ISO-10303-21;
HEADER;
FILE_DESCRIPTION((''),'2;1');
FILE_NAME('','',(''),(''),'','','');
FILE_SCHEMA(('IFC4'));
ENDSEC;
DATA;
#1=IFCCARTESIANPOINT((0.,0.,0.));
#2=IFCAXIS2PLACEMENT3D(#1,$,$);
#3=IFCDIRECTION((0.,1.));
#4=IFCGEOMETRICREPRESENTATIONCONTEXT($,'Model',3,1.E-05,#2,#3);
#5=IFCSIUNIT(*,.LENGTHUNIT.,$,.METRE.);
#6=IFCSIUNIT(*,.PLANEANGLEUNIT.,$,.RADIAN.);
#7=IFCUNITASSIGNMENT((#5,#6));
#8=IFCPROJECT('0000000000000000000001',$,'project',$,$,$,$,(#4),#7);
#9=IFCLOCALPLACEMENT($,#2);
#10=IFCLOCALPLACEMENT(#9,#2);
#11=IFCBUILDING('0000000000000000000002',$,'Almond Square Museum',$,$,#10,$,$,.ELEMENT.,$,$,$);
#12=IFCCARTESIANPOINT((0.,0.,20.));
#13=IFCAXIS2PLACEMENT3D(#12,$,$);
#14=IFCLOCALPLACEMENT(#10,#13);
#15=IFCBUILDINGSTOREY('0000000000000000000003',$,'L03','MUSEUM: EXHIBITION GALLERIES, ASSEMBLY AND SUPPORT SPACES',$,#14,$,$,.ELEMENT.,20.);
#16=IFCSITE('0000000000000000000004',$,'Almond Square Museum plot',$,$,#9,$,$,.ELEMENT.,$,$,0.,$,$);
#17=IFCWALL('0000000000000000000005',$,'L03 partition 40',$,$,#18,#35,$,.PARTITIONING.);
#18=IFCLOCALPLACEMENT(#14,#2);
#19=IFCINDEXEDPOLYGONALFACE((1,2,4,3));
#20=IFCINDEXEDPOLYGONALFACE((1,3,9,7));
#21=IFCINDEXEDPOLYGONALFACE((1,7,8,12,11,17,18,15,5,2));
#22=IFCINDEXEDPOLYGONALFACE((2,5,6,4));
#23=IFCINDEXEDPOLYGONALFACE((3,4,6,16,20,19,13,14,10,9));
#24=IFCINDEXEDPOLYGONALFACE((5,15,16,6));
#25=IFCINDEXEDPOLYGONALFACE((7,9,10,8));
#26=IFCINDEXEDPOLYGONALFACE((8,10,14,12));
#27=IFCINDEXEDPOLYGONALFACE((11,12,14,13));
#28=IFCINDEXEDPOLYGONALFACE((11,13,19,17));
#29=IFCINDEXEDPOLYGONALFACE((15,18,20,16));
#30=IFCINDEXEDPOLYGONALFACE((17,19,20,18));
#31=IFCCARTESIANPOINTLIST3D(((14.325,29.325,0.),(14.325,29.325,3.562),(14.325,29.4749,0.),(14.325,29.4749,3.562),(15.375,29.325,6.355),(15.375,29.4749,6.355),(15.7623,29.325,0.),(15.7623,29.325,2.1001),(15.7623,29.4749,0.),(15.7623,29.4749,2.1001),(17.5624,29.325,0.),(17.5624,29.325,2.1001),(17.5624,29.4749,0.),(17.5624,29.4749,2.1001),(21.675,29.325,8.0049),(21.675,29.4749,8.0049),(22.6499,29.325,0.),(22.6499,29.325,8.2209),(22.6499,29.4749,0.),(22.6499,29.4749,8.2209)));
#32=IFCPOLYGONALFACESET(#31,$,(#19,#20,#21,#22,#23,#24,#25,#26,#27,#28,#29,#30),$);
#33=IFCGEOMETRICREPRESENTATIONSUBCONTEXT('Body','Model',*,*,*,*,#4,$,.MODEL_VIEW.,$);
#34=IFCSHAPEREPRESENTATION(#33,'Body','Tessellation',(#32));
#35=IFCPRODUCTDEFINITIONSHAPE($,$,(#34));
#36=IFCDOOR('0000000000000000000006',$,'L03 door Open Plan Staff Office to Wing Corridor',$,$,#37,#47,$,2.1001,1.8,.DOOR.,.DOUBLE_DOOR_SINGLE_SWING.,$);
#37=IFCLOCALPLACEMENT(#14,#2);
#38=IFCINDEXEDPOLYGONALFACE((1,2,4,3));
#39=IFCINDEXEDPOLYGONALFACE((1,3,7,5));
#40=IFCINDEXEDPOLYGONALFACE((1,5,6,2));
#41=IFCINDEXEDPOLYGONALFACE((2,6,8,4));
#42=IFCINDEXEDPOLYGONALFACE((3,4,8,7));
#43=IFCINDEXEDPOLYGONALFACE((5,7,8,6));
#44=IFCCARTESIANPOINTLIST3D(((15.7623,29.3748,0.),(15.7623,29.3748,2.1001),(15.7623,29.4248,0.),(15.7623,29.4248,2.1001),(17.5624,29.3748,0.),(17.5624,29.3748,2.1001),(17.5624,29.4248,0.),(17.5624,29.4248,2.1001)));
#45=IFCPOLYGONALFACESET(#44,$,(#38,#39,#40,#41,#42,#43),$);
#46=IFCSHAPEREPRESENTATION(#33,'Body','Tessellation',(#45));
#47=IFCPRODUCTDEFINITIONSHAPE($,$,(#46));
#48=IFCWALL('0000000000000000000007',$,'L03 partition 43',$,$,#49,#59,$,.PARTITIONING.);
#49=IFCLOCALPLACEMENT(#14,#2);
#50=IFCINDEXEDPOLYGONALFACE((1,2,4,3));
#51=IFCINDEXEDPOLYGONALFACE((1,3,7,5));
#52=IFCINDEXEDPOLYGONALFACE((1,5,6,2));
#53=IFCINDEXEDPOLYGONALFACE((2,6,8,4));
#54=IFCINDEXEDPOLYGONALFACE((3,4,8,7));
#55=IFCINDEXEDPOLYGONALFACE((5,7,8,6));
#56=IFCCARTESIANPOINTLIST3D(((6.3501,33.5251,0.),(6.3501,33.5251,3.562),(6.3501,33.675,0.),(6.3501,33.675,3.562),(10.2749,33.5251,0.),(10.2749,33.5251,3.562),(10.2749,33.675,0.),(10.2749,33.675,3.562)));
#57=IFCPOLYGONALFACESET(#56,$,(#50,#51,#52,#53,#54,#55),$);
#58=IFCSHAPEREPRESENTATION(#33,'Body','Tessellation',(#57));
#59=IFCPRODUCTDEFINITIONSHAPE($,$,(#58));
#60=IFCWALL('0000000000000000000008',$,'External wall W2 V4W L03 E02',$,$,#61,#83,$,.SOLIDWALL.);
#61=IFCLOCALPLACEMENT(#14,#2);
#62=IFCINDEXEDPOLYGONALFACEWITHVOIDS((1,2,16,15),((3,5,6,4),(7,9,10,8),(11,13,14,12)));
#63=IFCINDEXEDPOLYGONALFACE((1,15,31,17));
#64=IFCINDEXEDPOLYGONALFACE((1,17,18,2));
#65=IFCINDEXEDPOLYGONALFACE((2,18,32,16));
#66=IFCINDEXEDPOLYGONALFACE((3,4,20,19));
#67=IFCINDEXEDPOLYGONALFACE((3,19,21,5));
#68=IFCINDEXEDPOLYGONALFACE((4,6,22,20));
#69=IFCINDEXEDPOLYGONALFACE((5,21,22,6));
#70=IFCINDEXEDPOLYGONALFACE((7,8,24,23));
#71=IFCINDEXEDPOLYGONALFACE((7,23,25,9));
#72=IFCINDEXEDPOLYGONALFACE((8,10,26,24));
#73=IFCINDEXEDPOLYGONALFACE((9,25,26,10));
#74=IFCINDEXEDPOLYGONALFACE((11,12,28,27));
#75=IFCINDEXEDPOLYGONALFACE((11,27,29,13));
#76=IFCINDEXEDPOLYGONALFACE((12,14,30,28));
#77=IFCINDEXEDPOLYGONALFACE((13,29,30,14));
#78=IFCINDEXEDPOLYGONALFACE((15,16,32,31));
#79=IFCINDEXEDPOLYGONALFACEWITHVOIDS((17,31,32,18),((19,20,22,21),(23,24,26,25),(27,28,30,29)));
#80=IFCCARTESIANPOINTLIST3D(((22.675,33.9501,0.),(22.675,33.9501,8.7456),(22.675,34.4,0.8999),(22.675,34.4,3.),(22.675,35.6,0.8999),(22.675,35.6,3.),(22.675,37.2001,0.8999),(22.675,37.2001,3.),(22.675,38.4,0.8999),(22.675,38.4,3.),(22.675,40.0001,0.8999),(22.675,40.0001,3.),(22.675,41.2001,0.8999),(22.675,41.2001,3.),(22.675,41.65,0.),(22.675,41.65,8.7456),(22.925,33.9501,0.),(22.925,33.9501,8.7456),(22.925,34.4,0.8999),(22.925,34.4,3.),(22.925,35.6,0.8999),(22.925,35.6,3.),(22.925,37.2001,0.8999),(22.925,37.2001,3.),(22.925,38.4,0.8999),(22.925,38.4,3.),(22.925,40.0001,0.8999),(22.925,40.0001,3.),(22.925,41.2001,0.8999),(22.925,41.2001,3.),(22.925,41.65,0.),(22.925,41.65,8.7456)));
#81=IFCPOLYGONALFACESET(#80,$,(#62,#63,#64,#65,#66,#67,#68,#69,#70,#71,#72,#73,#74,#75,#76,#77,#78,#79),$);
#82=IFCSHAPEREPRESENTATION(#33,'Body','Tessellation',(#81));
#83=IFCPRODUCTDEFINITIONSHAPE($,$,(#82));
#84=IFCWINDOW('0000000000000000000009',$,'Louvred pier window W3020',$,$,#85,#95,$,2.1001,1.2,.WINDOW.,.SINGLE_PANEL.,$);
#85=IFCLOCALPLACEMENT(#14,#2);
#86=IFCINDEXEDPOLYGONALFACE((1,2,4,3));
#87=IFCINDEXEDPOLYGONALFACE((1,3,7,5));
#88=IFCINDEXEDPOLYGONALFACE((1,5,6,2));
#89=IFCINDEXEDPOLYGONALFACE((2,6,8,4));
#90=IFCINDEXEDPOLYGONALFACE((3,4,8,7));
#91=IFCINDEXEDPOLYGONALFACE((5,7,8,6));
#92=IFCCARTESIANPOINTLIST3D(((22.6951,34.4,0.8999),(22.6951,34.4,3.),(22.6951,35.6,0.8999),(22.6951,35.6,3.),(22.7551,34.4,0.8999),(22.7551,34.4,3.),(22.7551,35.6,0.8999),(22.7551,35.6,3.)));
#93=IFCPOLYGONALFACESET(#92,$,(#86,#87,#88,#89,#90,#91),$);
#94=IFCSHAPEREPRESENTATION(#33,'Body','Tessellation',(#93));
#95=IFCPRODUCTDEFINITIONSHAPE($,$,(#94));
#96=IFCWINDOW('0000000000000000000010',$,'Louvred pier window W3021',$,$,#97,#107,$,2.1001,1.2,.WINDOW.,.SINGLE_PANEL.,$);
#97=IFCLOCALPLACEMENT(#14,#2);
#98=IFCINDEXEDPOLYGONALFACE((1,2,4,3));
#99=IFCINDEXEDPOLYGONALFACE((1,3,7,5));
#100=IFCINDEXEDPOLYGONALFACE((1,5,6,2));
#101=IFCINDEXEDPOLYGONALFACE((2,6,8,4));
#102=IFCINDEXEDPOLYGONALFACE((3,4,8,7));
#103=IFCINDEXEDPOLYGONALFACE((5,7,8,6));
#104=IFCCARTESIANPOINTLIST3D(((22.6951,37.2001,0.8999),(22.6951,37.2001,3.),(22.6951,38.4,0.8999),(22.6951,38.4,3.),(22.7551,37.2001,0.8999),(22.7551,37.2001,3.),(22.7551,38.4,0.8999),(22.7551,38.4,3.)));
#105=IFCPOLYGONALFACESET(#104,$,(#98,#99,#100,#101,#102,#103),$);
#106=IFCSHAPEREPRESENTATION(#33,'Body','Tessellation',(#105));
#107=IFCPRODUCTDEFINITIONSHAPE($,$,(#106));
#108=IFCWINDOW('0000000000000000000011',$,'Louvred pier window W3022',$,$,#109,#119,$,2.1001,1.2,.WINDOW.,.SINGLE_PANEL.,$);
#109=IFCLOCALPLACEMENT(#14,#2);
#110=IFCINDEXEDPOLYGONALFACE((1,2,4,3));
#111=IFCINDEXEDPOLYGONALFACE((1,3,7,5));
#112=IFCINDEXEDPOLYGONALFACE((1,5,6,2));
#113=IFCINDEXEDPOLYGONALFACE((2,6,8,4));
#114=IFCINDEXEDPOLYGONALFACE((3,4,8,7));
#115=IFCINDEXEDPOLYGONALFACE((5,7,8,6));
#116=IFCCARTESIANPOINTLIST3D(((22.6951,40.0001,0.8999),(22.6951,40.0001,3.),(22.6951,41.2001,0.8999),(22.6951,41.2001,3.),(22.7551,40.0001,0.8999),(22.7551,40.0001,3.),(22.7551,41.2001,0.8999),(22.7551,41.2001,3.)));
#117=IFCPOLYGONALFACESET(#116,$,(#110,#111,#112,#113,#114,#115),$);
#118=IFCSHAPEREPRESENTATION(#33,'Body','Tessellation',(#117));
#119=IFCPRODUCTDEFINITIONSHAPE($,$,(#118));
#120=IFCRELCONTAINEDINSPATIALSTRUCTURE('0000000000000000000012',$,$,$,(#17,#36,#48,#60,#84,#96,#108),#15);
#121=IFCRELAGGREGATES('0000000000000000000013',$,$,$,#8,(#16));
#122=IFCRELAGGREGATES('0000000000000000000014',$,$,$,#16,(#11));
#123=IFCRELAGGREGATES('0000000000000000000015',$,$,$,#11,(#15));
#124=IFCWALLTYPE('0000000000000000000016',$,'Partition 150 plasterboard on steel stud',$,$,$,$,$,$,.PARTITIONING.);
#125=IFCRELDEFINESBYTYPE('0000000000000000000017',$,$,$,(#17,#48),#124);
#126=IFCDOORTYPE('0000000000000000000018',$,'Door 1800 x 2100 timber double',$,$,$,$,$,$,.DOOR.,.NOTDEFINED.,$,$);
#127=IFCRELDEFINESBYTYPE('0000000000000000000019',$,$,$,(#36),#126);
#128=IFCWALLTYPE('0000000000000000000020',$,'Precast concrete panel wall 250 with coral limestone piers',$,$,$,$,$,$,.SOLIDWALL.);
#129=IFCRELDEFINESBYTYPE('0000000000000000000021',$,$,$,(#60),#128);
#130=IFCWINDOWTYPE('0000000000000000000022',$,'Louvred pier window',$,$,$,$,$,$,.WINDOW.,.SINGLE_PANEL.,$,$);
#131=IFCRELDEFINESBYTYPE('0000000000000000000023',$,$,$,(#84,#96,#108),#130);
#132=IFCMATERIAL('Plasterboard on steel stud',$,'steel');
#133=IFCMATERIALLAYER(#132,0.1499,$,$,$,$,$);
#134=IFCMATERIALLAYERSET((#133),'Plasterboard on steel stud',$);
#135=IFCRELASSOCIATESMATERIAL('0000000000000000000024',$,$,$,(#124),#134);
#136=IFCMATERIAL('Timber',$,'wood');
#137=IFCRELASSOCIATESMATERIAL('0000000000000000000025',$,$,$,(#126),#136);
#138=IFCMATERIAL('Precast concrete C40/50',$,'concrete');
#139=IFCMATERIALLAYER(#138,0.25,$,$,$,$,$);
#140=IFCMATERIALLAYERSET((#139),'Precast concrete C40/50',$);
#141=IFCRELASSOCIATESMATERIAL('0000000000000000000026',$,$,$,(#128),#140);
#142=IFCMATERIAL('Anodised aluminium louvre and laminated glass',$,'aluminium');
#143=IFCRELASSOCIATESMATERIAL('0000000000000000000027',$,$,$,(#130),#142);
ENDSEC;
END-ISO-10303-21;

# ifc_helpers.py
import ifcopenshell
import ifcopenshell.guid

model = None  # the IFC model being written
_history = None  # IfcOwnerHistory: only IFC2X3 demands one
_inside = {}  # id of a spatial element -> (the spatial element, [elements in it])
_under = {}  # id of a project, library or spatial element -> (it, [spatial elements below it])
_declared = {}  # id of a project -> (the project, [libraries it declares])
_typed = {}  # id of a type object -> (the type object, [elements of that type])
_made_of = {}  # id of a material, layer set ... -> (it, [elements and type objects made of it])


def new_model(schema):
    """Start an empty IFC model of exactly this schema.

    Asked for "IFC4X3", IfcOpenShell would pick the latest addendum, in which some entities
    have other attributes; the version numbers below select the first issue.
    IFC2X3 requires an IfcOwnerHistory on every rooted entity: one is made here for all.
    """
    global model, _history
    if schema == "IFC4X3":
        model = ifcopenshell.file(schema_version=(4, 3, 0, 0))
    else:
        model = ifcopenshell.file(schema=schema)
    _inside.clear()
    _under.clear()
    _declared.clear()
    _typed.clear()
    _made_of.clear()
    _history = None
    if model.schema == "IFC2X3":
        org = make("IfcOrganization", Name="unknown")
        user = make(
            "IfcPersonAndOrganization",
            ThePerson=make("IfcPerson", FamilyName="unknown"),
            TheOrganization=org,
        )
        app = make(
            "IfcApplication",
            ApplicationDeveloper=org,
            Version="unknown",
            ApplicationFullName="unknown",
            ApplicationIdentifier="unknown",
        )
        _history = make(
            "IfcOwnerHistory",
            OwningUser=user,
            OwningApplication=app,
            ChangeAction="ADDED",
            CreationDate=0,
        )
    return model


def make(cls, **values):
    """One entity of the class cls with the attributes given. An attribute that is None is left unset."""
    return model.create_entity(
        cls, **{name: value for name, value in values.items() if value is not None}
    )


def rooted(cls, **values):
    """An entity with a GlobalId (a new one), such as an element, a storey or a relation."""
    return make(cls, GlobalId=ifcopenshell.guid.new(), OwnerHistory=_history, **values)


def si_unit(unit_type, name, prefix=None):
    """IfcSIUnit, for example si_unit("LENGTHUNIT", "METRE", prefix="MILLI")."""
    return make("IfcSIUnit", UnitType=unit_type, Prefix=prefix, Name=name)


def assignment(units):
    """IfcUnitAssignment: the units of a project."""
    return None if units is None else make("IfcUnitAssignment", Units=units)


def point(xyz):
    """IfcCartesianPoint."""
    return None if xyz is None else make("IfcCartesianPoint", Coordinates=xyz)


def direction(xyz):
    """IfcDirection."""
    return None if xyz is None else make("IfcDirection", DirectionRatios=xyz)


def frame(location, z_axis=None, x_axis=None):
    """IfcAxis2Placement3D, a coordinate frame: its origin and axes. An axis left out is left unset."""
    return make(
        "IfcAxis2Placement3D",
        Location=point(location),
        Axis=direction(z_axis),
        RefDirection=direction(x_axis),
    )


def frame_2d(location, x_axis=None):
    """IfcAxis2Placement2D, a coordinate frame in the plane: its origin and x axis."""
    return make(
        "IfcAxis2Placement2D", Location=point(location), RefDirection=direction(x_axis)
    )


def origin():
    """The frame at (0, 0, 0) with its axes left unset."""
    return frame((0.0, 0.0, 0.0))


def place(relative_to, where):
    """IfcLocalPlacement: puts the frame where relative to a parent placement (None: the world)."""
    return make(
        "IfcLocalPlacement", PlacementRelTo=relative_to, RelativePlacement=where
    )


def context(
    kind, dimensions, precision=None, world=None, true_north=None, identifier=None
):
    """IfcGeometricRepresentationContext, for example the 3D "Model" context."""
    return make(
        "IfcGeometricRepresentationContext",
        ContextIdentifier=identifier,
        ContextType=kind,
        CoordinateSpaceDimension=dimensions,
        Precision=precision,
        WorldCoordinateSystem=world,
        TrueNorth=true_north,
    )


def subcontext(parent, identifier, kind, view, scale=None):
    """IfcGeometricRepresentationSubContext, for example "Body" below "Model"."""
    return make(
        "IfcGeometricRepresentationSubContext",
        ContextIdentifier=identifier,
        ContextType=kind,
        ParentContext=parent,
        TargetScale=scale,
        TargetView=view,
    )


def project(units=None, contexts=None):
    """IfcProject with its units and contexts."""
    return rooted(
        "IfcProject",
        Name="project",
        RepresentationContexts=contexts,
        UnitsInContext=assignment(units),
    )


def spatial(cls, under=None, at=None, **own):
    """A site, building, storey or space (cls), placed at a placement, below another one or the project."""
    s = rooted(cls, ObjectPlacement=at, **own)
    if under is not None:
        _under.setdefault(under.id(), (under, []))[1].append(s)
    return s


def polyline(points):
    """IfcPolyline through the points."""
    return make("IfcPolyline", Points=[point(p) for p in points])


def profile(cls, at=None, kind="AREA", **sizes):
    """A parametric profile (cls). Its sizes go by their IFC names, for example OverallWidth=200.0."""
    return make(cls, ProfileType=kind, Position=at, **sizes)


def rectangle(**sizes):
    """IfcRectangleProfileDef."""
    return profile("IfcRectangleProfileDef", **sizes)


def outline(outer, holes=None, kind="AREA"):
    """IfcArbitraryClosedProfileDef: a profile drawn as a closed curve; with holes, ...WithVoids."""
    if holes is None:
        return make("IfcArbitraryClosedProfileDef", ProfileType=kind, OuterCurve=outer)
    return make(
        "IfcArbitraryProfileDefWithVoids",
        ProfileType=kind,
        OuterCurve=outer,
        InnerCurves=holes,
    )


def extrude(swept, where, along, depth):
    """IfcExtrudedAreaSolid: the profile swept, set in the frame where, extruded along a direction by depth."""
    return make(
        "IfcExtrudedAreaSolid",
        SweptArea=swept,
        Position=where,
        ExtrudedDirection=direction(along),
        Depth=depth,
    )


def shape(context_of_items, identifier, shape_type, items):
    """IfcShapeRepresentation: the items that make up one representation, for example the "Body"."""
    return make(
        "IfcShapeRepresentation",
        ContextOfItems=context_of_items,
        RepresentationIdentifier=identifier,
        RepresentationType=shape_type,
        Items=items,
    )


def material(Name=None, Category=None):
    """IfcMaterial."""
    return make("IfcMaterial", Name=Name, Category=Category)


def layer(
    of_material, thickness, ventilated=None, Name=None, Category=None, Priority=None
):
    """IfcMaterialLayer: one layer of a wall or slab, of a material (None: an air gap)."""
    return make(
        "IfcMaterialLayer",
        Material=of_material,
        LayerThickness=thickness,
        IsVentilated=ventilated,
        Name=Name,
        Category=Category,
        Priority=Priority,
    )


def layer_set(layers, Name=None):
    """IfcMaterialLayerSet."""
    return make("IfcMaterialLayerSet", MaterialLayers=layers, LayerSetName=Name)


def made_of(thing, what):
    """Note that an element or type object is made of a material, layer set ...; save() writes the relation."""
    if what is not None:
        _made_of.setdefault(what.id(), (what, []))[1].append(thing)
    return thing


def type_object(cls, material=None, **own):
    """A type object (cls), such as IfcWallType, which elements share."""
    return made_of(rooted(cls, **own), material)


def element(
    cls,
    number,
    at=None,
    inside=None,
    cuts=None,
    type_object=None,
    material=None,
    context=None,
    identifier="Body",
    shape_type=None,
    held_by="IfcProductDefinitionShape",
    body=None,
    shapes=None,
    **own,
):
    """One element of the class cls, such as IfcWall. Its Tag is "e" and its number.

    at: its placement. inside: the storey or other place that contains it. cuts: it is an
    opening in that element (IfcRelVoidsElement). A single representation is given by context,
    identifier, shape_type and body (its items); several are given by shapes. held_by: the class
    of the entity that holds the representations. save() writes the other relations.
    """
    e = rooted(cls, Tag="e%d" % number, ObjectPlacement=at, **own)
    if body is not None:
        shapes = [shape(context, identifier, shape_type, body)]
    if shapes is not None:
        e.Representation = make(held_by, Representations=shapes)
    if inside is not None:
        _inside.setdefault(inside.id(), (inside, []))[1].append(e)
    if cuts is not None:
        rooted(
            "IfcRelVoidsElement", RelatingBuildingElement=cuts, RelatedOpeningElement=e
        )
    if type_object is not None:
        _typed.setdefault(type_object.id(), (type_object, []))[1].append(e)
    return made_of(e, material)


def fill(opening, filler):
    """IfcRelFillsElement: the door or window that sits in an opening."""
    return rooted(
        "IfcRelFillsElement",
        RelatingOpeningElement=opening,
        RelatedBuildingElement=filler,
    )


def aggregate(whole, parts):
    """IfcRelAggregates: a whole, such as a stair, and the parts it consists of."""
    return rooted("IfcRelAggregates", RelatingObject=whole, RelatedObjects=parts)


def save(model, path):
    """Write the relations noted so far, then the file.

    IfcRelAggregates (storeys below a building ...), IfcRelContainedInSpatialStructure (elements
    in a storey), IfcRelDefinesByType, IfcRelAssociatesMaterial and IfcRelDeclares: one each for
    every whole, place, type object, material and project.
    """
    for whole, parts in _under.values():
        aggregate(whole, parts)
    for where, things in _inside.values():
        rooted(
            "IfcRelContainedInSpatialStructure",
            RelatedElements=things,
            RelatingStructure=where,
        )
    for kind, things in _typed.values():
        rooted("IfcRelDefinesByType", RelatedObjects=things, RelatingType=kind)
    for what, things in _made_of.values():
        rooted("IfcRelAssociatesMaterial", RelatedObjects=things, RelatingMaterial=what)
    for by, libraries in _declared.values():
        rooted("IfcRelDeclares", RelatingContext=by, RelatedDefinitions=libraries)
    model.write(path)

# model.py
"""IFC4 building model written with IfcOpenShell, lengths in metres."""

from ifc_helpers import new_model, si_unit, direction, frame, frame_2d, origin, place, context, subcontext, project, spatial, polyline, rectangle, outline, extrude, material, layer, layer_set, type_object, element, fill, save


model = new_model("IFC4")

# Units and contexts
model_context = context("Model", 3, precision=1e-05, world=origin(), true_north=direction((0.0, 1.0)))
body_context = subcontext(model_context, "Body", "Model", "MODEL_VIEW")
ifc_project = project(units=[si_unit("LENGTHUNIT", "METRE"), si_unit("PLANEANGLEUNIT", "RADIAN")], contexts=[model_context])

# Site, building, storey
site_placement = place(None, origin())
site = spatial("IfcSite", under=ifc_project, at=site_placement, Name="Almond Square Museum plot", CompositionType="ELEMENT", RefElevation=0.0)
building_placement = place(site_placement, origin())
building = spatial("IfcBuilding", under=site, at=building_placement, Name="Almond Square Museum", CompositionType="ELEMENT")
storey_placement = place(building_placement, frame((0.0, 0.0, 20.0)))
storey = spatial("IfcBuildingStorey", under=building, at=storey_placement, Name="L03", Description="MUSEUM: EXHIBITION GALLERIES, ASSEMBLY AND SUPPORT SPACES", CompositionType="ELEMENT", Elevation=20.0)

# Shared definitions
ifc_material_1 = material(Name="Plasterboard on steel stud", Category="steel")
ifc_layer_1 = layer(ifc_material_1, 0.1499)
ifc_layer_set_1 = layer_set([ifc_layer_1], Name="Plasterboard on steel stud")
wall_type_1 = type_object("IfcWallType", Name="Partition 150 plasterboard on steel stud", PredefinedType="PARTITIONING", material=ifc_layer_set_1)

# Wall, opening, door
wall_1_placement = place(storey_placement, frame((14.325, 29.3999, 0.0), z_axis=(0.0, 0.0, 1.0), x_axis=(1.0, 0.0, 0.0)))
wall_1 = element("IfcWall", 1, at=wall_1_placement, inside=storey, type_object=wall_type_1, Name="L03 partition 40", PredefinedType="PARTITIONING", context=body_context, shape_type="SweptSolid", body=[
    extrude(outline(polyline([(0.0, 0.0), (8.325, 0.0), (8.325, 8.2209), (7.3501, 8.0049), (1.05, 6.355), (0.0, 3.562), (0.0, 0.0)])), frame((0.0, 0.075, 0.0), z_axis=(0.0, -1.0, 0.0), x_axis=(1.0, 0.0, 0.0)), (0.0, 0.0, 1.0), 0.1499),
])
opening_1_placement = place(wall_1_placement, frame((1.4375, 0.0, 0.0)))
opening_1 = element("IfcOpeningElement", 2, at=opening_1_placement, cuts=wall_1, PredefinedType="OPENING", context=body_context, shape_type="SweptSolid", body=[
    extrude(rectangle(XDim=1.8, YDim=2.1001, at=frame_2d((0.8999, 1.05))), frame((0.0, 0.085, 0.0), z_axis=(0.0, -1.0, 0.0), x_axis=(1.0, 0.0, 0.0)), (0.0, 0.0, 1.0), 0.1699),
])
ifc_material_2 = material(Name="Timber", Category="wood")
door_type_1 = type_object("IfcDoorType", Name="Door 1800 x 2100 timber double", OperationType="NOTDEFINED", PredefinedType="DOOR", material=ifc_material_2)
door_1_placement = place(opening_1_placement, origin())
door_1 = element("IfcDoor", 3, at=door_1_placement, inside=storey, type_object=door_type_1, Name="L03 door Open Plan Staff Office to Wing Corridor", OperationType="DOUBLE_DOOR_SINGLE_SWING", OverallHeight=2.1001, OverallWidth=1.8, PredefinedType="DOOR", context=body_context, shape_type="SweptSolid", body=[
    extrude(rectangle(XDim=1.8, YDim=2.1001, at=frame_2d((0.8999, 1.05))), frame((0.0, 0.0249, 0.0), z_axis=(0.0, -1.0, 0.0), x_axis=(1.0, 0.0, 0.0)), (0.0, 0.0, 1.0), 0.05),
])
fill(opening_1, door_1)

# Wall
wall_2_placement = place(storey_placement, frame((6.3501, 33.6001, 0.0), z_axis=(0.0, 0.0, 1.0), x_axis=(1.0, 0.0, 0.0)))
element("IfcWall", 4, at=wall_2_placement, inside=storey, type_object=wall_type_1, Name="L03 partition 43", PredefinedType="PARTITIONING", context=body_context, shape_type="SweptSolid", body=[
    extrude(rectangle(XDim=3.9248, YDim=0.1499, at=frame_2d((1.9624, 0.0))), origin(), (0.0, 0.0, 1.0), 3.562),
])

# Wall, openings, windows
ifc_material_3 = material(Name="Precast concrete C40/50", Category="concrete")
ifc_layer_2 = layer(ifc_material_3, 0.25)
ifc_layer_set_2 = layer_set([ifc_layer_2], Name="Precast concrete C40/50")
wall_type_2 = type_object("IfcWallType", Name="Precast concrete panel wall 250 with coral limestone piers", PredefinedType="SOLIDWALL", material=ifc_layer_set_2)
wall_3_placement = place(storey_placement, frame((22.8, 33.95, 0.0), z_axis=(0.0, 0.0, 1.0), x_axis=(0.0, 1.0, 0.0)))
wall_3 = element("IfcWall", 5, at=wall_3_placement, inside=storey, type_object=wall_type_2, Name="External wall W2 V4W L03 E02", PredefinedType="SOLIDWALL", context=body_context, shape_type="SweptSolid", body=[
    extrude(rectangle(XDim=7.7, YDim=0.25, at=frame_2d((3.8501, 0.0))), origin(), (0.0, 0.0, 1.0), 8.7456),
])
opening_2_placement = place(wall_3_placement, frame((0.45, 0.0, 0.8999)))
opening_2 = element("IfcOpeningElement", 6, at=opening_2_placement, cuts=wall_3, PredefinedType="OPENING", context=body_context, shape_type="SweptSolid", body=[
    extrude(rectangle(XDim=1.2, YDim=2.1001, at=frame_2d((0.6001, 1.05))), frame((0.0, 0.135, 0.0), z_axis=(0.0, -1.0, 0.0), x_axis=(1.0, 0.0, 0.0)), (0.0, 0.0, 1.0), 0.27),
])
opening_3_placement = place(wall_3_placement, frame((3.25, 0.0, 0.8999)))
opening_3 = element("IfcOpeningElement", 7, at=opening_3_placement, cuts=wall_3, PredefinedType="OPENING", context=body_context, shape_type="SweptSolid", body=[
    extrude(rectangle(XDim=1.2, YDim=2.1001, at=frame_2d((0.6001, 1.05))), frame((0.0, 0.135, 0.0), z_axis=(0.0, -1.0, 0.0), x_axis=(1.0, 0.0, 0.0)), (0.0, 0.0, 1.0), 0.27),
])
opening_4_placement = place(wall_3_placement, frame((6.05, 0.0, 0.8999)))
opening_4 = element("IfcOpeningElement", 8, at=opening_4_placement, cuts=wall_3, PredefinedType="OPENING", context=body_context, shape_type="SweptSolid", body=[
    extrude(rectangle(XDim=1.2, YDim=2.1001, at=frame_2d((0.6001, 1.05))), frame((0.0, 0.135, 0.0), z_axis=(0.0, -1.0, 0.0), x_axis=(1.0, 0.0, 0.0)), (0.0, 0.0, 1.0), 0.27),
])
ifc_material_4 = material(Name="Anodised aluminium louvre and laminated glass", Category="aluminium")
window_type = type_object("IfcWindowType", Name="Louvred pier window", PartitioningType="SINGLE_PANEL", PredefinedType="WINDOW", material=ifc_material_4)
window_1_placement = place(opening_2_placement, origin())
window_1 = element("IfcWindow", 9, at=window_1_placement, inside=storey, type_object=window_type, Name="Louvred pier window W3020", OverallHeight=2.1001, OverallWidth=1.2, PartitioningType="SINGLE_PANEL", PredefinedType="WINDOW", context=body_context, shape_type="SweptSolid", body=[
    extrude(rectangle(XDim=1.2, YDim=2.1001, at=frame_2d((0.6001, 1.05))), frame((0.0, 0.105, 0.0), z_axis=(0.0, -1.0, 0.0), x_axis=(1.0, 0.0, 0.0)), (0.0, 0.0, 1.0), 0.0601),
])
fill(opening_2, window_1)
window_2_placement = place(opening_3_placement, origin())
window_2 = element("IfcWindow", 10, at=window_2_placement, inside=storey, type_object=window_type, Name="Louvred pier window W3021", OverallHeight=2.1001, OverallWidth=1.2, PartitioningType="SINGLE_PANEL", PredefinedType="WINDOW", context=body_context, shape_type="SweptSolid", body=[
    extrude(rectangle(XDim=1.2, YDim=2.1001, at=frame_2d((0.6001, 1.05))), frame((0.0, 0.105, 0.0), z_axis=(0.0, -1.0, 0.0), x_axis=(1.0, 0.0, 0.0)), (0.0, 0.0, 1.0), 0.0601),
])
fill(opening_3, window_2)
window_3_placement = place(opening_4_placement, origin())
window_3 = element("IfcWindow", 11, at=window_3_placement, inside=storey, type_object=window_type, Name="Louvred pier window W3022", OverallHeight=2.1001, OverallWidth=1.2, PartitioningType="SINGLE_PANEL", PredefinedType="WINDOW", context=body_context, shape_type="SweptSolid", body=[
    extrude(rectangle(XDim=1.2, YDim=2.1001, at=frame_2d((0.6001, 1.05))), frame((0.0, 0.105, 0.0), z_axis=(0.0, -1.0, 0.0), x_axis=(1.0, 0.0, 0.0)), (0.0, 0.0, 1.0), 0.0601),
])
fill(opening_4, window_3)

save(model, "model.ifc")
